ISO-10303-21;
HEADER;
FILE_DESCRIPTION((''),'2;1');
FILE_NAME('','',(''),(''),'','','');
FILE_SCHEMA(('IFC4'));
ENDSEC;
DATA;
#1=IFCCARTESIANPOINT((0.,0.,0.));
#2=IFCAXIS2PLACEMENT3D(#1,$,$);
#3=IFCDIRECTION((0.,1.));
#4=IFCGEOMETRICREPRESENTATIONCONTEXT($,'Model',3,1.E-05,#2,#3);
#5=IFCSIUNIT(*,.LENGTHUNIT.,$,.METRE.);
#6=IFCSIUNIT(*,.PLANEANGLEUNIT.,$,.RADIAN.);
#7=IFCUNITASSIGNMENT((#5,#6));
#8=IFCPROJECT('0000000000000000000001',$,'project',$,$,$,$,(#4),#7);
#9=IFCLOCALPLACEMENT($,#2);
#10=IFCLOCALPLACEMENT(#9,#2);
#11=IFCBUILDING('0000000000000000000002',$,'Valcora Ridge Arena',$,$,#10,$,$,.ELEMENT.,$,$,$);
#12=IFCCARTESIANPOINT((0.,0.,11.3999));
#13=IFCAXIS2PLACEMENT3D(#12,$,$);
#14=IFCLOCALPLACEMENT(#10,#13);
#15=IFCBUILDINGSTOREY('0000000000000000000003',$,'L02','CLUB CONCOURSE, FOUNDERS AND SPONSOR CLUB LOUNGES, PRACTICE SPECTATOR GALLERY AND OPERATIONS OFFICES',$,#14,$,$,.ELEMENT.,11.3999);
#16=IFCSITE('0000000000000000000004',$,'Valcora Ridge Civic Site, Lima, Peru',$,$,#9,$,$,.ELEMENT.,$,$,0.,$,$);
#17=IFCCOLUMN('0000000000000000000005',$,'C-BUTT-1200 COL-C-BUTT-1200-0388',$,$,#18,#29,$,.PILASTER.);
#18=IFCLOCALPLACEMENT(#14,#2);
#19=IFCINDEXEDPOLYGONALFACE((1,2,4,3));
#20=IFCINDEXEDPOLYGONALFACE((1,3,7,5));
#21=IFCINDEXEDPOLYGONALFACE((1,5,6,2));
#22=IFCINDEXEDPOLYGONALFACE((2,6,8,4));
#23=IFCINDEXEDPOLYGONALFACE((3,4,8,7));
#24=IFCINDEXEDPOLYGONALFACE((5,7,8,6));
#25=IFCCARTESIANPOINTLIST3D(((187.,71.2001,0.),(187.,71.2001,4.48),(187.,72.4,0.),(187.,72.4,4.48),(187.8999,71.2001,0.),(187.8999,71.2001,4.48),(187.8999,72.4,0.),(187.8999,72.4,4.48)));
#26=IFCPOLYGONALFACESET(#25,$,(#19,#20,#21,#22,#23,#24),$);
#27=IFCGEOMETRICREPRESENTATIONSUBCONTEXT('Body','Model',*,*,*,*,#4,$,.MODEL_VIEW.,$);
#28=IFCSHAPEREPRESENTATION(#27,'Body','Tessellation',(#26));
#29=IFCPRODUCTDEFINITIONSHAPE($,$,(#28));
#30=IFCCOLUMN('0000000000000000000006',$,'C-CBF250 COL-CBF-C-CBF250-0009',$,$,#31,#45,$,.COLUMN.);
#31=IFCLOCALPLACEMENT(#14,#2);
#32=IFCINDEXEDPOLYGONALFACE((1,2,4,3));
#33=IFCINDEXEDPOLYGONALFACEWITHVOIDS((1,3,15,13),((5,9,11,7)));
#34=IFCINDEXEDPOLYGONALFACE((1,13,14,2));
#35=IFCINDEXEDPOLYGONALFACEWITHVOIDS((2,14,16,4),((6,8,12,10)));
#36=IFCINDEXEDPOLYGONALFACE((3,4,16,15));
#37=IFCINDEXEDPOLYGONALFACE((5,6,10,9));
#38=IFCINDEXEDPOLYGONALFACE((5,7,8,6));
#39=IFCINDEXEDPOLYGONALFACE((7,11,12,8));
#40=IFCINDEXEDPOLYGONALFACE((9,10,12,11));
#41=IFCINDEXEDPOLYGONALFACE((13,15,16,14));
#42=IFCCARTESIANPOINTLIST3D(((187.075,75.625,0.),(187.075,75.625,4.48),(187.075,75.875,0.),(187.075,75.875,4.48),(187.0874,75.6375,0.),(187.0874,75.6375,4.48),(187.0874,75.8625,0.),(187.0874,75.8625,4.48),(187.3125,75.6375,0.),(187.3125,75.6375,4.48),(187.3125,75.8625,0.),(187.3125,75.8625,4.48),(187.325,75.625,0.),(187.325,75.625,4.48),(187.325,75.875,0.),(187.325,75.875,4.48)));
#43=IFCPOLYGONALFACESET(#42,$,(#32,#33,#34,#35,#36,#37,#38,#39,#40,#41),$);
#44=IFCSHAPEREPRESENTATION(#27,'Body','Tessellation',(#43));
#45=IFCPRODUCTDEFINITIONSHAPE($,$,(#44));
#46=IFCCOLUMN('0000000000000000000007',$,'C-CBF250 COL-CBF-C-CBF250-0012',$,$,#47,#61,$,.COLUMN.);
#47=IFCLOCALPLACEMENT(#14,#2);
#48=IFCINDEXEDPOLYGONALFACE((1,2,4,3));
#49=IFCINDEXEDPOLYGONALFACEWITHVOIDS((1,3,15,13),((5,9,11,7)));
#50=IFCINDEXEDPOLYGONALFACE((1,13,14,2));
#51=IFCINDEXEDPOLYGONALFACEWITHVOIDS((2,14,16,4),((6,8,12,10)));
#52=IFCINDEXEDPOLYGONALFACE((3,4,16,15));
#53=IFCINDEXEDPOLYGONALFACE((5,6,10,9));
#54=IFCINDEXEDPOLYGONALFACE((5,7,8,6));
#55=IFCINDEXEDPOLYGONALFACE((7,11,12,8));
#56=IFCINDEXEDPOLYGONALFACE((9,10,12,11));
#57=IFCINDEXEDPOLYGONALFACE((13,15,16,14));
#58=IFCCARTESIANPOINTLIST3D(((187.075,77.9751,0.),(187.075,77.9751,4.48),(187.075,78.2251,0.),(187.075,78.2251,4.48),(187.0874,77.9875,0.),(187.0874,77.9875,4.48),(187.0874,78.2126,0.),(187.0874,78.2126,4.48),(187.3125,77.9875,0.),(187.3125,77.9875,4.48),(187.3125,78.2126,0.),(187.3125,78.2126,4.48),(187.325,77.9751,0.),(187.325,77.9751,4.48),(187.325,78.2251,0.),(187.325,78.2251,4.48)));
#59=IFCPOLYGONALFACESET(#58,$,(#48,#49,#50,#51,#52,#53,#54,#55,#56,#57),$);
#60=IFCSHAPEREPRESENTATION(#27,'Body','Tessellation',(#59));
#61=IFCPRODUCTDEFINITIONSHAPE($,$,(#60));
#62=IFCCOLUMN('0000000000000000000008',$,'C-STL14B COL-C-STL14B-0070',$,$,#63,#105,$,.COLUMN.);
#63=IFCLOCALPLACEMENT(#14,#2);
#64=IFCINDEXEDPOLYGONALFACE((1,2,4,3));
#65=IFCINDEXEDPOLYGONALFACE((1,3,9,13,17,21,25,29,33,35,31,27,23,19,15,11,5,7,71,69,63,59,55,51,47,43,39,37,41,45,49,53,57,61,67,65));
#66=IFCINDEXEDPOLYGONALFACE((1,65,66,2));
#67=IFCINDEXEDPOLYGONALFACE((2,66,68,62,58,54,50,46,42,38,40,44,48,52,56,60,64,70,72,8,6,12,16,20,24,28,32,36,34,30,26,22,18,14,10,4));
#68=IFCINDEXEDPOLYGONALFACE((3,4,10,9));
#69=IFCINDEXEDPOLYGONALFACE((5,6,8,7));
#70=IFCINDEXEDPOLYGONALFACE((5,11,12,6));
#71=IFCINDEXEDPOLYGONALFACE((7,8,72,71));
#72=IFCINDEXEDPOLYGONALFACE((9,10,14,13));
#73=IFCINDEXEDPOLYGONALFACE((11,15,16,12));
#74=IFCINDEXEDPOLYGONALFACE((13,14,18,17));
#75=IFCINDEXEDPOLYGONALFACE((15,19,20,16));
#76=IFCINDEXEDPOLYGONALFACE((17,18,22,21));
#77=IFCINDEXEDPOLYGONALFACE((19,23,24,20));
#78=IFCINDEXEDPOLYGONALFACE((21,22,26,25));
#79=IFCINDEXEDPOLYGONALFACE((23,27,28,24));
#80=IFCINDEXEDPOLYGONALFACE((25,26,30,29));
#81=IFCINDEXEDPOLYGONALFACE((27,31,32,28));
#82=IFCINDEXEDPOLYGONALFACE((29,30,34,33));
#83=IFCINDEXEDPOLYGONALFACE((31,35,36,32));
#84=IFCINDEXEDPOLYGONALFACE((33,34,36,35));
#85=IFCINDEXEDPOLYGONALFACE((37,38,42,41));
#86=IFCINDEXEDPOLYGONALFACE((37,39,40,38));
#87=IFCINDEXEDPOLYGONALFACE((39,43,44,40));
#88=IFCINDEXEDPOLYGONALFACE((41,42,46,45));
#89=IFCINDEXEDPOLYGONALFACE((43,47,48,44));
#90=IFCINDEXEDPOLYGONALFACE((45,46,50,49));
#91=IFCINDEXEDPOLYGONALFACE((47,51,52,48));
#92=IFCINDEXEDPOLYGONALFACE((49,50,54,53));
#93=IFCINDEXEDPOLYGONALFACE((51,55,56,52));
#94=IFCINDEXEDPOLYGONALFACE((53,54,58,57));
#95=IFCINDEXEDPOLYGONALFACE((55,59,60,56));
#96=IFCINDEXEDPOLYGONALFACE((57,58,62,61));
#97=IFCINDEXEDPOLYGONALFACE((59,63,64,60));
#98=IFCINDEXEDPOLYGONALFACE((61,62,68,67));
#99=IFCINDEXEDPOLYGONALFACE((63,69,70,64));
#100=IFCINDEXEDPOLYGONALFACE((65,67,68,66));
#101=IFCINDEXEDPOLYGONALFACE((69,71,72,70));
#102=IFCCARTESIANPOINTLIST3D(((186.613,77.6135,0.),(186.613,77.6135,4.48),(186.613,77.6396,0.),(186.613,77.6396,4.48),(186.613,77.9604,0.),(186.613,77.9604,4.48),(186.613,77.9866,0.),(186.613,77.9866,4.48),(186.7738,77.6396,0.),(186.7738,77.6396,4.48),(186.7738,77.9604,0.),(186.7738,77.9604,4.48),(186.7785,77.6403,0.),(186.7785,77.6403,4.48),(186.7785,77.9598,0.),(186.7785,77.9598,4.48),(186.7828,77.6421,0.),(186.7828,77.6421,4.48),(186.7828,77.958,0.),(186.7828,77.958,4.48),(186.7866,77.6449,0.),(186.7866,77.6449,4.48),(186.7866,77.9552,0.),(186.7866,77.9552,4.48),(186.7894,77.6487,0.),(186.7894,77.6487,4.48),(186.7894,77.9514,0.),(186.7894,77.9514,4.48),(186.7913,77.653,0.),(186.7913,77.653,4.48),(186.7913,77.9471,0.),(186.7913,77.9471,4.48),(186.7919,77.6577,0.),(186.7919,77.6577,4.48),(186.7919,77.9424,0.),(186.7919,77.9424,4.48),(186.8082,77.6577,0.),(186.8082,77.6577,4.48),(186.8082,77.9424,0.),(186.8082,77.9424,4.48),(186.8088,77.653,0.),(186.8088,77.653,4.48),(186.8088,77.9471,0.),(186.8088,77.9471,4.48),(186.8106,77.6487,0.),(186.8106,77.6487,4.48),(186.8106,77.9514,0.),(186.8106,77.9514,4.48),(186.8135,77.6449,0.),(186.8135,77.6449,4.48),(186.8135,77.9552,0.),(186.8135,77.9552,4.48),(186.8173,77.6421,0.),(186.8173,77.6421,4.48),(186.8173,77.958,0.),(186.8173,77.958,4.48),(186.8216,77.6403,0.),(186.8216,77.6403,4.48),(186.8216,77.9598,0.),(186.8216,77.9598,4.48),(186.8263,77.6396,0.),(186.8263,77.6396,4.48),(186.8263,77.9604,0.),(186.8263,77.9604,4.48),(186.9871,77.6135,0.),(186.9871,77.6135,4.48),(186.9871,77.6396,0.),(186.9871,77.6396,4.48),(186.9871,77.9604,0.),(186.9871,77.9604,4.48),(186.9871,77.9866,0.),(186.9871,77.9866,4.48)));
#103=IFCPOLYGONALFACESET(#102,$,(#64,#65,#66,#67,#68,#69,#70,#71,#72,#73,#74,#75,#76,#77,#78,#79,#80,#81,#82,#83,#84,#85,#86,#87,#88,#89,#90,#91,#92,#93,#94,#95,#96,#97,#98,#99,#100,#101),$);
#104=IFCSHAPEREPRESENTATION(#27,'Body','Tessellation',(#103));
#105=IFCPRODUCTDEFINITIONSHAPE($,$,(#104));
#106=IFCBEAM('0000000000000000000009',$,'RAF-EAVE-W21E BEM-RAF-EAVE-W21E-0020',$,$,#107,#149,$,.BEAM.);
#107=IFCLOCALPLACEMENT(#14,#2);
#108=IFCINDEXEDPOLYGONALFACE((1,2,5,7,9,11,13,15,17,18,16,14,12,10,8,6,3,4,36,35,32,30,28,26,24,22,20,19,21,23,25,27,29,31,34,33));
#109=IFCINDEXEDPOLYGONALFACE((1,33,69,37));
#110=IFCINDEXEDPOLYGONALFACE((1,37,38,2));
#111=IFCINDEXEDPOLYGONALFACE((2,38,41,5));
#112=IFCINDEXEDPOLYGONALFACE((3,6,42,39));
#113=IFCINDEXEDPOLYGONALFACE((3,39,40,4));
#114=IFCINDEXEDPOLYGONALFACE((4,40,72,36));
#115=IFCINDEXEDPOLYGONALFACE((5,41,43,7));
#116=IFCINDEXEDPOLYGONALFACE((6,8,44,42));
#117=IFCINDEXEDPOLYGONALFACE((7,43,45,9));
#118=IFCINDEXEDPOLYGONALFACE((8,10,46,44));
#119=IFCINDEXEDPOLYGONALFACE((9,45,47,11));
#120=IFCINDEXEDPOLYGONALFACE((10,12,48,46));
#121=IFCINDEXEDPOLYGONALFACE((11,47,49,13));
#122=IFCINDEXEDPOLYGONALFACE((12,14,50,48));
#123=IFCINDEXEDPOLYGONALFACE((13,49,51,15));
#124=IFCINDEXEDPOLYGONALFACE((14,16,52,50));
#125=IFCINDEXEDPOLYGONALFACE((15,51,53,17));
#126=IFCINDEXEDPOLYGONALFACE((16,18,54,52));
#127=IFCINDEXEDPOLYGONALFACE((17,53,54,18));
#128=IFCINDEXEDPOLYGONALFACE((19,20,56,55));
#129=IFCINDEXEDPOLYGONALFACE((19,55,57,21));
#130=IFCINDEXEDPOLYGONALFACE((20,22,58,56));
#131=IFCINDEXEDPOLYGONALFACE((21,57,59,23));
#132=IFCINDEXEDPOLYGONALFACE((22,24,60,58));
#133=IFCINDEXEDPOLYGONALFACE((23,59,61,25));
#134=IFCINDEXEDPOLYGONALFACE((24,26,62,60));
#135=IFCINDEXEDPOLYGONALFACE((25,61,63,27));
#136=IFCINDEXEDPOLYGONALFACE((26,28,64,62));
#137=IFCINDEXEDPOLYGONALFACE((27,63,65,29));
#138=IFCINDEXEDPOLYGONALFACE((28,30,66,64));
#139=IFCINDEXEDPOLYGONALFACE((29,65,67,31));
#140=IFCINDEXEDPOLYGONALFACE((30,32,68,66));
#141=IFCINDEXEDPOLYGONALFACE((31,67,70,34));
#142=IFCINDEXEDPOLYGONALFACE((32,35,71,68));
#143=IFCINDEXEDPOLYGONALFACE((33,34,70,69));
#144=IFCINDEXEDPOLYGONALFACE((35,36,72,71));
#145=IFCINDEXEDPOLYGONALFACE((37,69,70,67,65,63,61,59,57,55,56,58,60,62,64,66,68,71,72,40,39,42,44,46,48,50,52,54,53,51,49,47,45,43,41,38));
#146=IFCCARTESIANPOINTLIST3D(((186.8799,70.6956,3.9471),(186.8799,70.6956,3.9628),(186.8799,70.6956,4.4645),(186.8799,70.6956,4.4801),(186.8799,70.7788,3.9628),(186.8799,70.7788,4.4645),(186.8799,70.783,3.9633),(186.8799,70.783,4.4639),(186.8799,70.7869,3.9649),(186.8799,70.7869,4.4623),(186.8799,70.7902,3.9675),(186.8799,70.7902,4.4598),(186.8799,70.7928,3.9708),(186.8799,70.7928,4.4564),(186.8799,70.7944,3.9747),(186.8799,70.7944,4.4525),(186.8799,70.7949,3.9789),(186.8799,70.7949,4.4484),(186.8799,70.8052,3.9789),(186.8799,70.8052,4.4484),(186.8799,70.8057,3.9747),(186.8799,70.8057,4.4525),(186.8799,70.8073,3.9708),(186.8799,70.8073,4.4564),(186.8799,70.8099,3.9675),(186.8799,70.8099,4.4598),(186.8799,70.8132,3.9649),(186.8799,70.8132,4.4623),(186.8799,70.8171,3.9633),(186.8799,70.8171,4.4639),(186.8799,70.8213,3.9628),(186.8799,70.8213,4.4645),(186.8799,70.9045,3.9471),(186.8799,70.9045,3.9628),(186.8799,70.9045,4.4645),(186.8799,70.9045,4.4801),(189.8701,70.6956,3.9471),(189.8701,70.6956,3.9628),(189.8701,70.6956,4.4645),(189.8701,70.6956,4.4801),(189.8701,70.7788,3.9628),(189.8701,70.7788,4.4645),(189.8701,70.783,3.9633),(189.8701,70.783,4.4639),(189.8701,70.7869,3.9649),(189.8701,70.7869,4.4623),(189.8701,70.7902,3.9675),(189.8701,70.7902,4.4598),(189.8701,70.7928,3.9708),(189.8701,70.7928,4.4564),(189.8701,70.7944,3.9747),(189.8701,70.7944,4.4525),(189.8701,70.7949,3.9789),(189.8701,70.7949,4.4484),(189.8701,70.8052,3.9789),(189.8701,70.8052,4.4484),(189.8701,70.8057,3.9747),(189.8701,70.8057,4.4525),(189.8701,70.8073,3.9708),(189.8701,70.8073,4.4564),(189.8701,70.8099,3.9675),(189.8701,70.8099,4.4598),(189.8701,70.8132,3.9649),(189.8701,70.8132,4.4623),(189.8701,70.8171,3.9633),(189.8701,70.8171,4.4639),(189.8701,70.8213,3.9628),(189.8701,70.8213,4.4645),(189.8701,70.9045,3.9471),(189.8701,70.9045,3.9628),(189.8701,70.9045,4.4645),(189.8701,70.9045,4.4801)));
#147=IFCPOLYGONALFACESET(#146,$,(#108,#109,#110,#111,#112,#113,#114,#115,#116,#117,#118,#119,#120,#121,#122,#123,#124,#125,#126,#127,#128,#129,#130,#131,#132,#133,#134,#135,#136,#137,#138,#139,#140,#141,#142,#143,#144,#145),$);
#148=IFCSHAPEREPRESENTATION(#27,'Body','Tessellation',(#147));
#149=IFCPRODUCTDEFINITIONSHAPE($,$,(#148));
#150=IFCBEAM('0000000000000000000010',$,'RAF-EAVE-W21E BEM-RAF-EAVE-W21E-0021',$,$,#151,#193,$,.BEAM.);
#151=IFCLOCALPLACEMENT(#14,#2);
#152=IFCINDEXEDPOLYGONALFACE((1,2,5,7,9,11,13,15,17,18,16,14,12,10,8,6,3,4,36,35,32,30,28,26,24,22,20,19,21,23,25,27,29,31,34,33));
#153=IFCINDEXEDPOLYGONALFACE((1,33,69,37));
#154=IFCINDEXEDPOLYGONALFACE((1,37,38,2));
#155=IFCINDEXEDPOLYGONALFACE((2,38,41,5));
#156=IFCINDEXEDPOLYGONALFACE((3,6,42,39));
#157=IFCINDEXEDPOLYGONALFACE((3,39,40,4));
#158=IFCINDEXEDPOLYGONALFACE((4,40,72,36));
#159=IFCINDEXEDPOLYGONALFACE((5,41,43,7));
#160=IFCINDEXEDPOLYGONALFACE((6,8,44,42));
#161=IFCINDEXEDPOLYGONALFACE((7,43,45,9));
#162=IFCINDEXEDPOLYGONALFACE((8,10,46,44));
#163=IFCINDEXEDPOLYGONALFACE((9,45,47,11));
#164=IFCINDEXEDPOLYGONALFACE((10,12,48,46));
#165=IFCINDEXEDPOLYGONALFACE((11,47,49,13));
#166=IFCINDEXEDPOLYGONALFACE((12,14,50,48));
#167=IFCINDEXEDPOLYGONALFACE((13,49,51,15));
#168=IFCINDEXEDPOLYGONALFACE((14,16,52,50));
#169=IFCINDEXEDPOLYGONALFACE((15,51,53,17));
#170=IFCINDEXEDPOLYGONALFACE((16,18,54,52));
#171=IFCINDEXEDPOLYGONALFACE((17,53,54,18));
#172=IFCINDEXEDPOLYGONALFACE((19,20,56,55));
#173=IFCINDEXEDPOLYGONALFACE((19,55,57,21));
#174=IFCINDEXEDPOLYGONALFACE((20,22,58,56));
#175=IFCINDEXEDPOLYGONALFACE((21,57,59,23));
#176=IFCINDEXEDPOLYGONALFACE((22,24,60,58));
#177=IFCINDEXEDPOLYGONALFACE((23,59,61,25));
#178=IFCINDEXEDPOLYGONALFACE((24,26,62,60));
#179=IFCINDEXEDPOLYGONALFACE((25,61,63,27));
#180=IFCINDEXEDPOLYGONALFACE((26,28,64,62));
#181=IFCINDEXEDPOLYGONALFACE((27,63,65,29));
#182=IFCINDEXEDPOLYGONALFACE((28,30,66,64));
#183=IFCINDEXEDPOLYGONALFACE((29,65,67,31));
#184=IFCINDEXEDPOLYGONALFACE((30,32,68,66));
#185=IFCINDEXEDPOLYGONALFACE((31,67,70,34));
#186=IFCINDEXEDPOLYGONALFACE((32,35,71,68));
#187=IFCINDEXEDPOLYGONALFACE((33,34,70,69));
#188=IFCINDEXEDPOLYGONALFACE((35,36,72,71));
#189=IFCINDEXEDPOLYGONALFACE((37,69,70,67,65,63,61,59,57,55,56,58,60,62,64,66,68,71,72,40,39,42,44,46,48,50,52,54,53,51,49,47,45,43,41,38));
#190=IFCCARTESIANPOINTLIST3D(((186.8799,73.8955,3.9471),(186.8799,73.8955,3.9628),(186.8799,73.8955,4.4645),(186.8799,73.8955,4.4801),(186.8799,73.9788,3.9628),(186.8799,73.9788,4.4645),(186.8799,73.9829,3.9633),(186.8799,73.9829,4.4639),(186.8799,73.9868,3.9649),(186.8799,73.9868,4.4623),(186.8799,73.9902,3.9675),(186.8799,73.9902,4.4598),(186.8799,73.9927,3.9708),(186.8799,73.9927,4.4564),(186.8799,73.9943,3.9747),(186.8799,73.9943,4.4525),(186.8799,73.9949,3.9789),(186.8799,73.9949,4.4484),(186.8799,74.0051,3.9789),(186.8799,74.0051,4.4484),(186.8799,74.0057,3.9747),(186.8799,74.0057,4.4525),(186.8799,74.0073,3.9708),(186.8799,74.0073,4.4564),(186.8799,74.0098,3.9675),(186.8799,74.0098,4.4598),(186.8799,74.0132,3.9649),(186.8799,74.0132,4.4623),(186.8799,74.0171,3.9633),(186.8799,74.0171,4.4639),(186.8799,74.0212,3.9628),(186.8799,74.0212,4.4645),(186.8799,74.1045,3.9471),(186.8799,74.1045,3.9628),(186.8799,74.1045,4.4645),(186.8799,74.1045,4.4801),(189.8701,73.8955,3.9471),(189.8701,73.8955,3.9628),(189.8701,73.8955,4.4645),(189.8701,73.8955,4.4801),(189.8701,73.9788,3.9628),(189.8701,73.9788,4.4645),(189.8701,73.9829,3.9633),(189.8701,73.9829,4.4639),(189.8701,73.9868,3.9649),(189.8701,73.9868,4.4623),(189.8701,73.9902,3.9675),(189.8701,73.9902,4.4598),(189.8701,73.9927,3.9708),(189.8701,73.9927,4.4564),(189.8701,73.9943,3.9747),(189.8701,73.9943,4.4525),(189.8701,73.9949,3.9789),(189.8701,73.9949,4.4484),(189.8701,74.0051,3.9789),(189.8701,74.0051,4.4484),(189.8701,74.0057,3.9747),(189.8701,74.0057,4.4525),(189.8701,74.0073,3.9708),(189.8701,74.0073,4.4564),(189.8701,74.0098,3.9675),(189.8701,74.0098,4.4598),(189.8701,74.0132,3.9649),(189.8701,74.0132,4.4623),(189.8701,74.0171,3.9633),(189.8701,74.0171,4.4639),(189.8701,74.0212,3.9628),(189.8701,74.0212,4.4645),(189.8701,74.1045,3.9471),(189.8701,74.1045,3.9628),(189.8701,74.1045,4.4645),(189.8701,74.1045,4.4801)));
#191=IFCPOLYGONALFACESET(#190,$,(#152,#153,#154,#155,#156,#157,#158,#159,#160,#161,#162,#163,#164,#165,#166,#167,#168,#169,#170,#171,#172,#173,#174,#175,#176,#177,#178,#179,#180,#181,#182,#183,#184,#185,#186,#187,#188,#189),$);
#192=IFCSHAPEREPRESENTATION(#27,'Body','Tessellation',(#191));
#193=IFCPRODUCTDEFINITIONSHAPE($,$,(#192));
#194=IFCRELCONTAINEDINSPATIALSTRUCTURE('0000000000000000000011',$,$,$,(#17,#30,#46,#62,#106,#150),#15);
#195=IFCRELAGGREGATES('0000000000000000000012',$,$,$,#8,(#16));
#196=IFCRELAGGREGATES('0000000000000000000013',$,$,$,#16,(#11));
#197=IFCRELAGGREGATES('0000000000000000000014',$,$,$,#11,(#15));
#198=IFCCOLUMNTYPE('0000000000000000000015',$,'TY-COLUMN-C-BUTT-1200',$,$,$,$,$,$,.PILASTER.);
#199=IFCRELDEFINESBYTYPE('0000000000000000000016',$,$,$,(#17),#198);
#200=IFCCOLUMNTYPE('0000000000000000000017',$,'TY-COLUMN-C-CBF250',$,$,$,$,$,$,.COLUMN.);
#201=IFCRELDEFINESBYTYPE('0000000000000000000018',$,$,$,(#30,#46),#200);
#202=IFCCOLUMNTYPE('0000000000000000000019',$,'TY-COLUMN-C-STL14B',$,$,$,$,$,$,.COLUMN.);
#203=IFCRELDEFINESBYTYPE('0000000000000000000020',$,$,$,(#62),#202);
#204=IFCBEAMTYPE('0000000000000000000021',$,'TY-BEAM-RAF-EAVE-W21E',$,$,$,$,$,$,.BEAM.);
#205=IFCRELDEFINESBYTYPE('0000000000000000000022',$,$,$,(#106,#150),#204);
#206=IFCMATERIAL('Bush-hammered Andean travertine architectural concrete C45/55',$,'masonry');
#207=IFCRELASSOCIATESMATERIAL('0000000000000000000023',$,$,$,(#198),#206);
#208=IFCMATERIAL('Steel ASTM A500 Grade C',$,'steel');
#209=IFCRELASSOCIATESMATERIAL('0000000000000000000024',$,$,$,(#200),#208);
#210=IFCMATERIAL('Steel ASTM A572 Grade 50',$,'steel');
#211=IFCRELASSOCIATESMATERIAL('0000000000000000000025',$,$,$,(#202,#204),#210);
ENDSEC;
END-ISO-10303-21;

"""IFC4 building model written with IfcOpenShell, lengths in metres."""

from ifc_helpers import new_model, si_unit, direction, frame, origin, origin_2d, place, context, subcontext, project, spatial, rectangle, hollow_rectangle, i_section, extrude, material, material_profile, profile_set, type_object, element, save


model = new_model("IFC4")

# Units and contexts
model_context = context("Model", 3, precision=1e-05, world=origin(), true_north=direction((0.0, 1.0)))
body_context = subcontext(model_context, "Body", "Model", "MODEL_VIEW")
ifc_project = project(units=[si_unit("LENGTHUNIT", "METRE"), si_unit("PLANEANGLEUNIT", "RADIAN")], contexts=[model_context])

# Site, building, storey
site_placement = place(None, origin())
site = spatial("IfcSite", under=ifc_project, at=site_placement, Name="Valcora Ridge Civic Site, Lima, Peru", CompositionType="ELEMENT", RefElevation=0.0)
building_placement = place(site_placement, origin())
building = spatial("IfcBuilding", under=site, at=building_placement, Name="Valcora Ridge Arena", CompositionType="ELEMENT")
storey_placement = place(building_placement, frame((0.0, 0.0, 11.3999)))
storey = spatial("IfcBuildingStorey", under=building, at=storey_placement, Name="L02", Description="CLUB CONCOURSE, FOUNDERS AND SPONSOR CLUB LOUNGES, PRACTICE SPECTATOR GALLERY AND OPERATIONS OFFICES", CompositionType="ELEMENT", Elevation=11.3999)

# Columns
ifc_material_1 = material(Name="Bush-hammered Andean travertine architectural concrete C45/55", Category="masonry")
ifc_material_profile_1 = material_profile(ifc_material_1, rectangle(XDim=0.8999, YDim=1.2, at=origin_2d()), Name="RC 900x1200")
ifc_profile_set_1 = profile_set([ifc_material_profile_1], Name="Bush-hammered Andean travertine architectural concrete C45/55")
column_type_1 = type_object("IfcColumnType", Name="TY-COLUMN-C-BUTT-1200", PredefinedType="PILASTER", material=ifc_profile_set_1)
column_1_placement = place(storey_placement, frame((187.45, 71.8, 0.0), z_axis=(0.0, 0.0, 1.0), x_axis=(1.0, 0.0, 0.0)))
element("IfcColumn", 1, at=column_1_placement, inside=storey, type_object=column_type_1, Name="C-BUTT-1200 COL-C-BUTT-1200-0388", PredefinedType="PILASTER", context=body_context, shape_type="SweptSolid", body=[
    extrude(rectangle(XDim=0.8999, YDim=1.2, at=origin_2d()), origin(), (0.0, 0.0, 1.0), 4.48),
])
ifc_material_2 = material(Name="Steel ASTM A500 Grade C", Category="steel")
ifc_material_profile_2 = material_profile(ifc_material_2, hollow_rectangle(XDim=0.25, YDim=0.25, WallThickness=0.0125, at=origin_2d()), Name="HSS250X250X12")
ifc_profile_set_2 = profile_set([ifc_material_profile_2], Name="Steel ASTM A500 Grade C")
column_type_2 = type_object("IfcColumnType", Name="TY-COLUMN-C-CBF250", PredefinedType="COLUMN", material=ifc_profile_set_2)
for number, where, z_axis, x_axis, name in (
    (2, (187.2, 75.75, 0.0), (0.0, 0.0, 1.0), (1.0, 0.0, 0.0), "C-CBF250 COL-CBF-C-CBF250-0009"),
    (3, (187.2, 78.1001, 0.0), (0.0, 0.0, 1.0), (1.0, 0.0, 0.0), "C-CBF250 COL-CBF-C-CBF250-0012"),
):
    element("IfcColumn", number, at=place(storey_placement, frame(where, z_axis=z_axis, x_axis=x_axis)), inside=storey, type_object=column_type_2, Name=name, PredefinedType="COLUMN", context=body_context, shape_type="SweptSolid", body=[
        extrude(hollow_rectangle(XDim=0.25, YDim=0.25, WallThickness=0.0125, at=origin_2d()), origin(), (0.0, 0.0, 1.0), 4.48),
    ])
ifc_material_3 = material(Name="Steel ASTM A572 Grade 50", Category="steel")
ifc_material_profile_3 = material_profile(ifc_material_3, i_section(OverallWidth=0.374, OverallDepth=0.373, WebThickness=0.0164, FlangeThickness=0.0261, FilletRadius=0.0181, at=origin_2d()), Name="W14X132")
ifc_profile_set_3 = profile_set([ifc_material_profile_3], Name="Steel ASTM A572 Grade 50")
column_type_3 = type_object("IfcColumnType", Name="TY-COLUMN-C-STL14B", PredefinedType="COLUMN", material=ifc_profile_set_3)
column_2_placement = place(storey_placement, frame((186.8, 77.8, 0.0), z_axis=(0.0, 0.0, 1.0), x_axis=(1.0, 0.0, 0.0)))
element("IfcColumn", 4, at=column_2_placement, inside=storey, type_object=column_type_3, Name="C-STL14B COL-C-STL14B-0070", PredefinedType="COLUMN", context=body_context, shape_type="SweptSolid", body=[
    extrude(i_section(OverallWidth=0.374, OverallDepth=0.373, WebThickness=0.0164, FlangeThickness=0.0261, FilletRadius=0.0181, at=origin_2d()), origin(), (0.0, 0.0, 1.0), 4.48),
])

# Beams
ifc_material_profile_4 = material_profile(ifc_material_3, i_section(OverallWidth=0.209, OverallDepth=0.533, WebThickness=0.0103, FlangeThickness=0.0156, FilletRadius=0.0161, at=origin_2d()), Name="W21X62")
ifc_profile_set_4 = profile_set([ifc_material_profile_4], Name="Steel ASTM A572 Grade 50")
beam_type_1 = type_object("IfcBeamType", Name="TY-BEAM-RAF-EAVE-W21E", PredefinedType="BEAM", material=ifc_profile_set_4)
for number, where, z_axis, x_axis, name in (
    (5, (186.8799, 70.8, 4.2136), (1.0, 0.0, 0.0), (0.0, 1.0, 0.0), "RAF-EAVE-W21E BEM-RAF-EAVE-W21E-0020"),
    (6, (186.8799, 74.0, 4.2136), (1.0, 0.0, 0.0), (0.0, 1.0, 0.0), "RAF-EAVE-W21E BEM-RAF-EAVE-W21E-0021"),
):
    element("IfcBeam", number, at=place(storey_placement, frame(where, z_axis=z_axis, x_axis=x_axis)), inside=storey, type_object=beam_type_1, Name=name, PredefinedType="BEAM", context=body_context, shape_type="SweptSolid", body=[
        extrude(i_section(OverallWidth=0.209, OverallDepth=0.533, WebThickness=0.0103, FlangeThickness=0.0156, FilletRadius=0.0161, at=origin_2d()), origin(), (0.0, 0.0, 1.0), 2.9902),
    ])

save(model, "model.ifc")
